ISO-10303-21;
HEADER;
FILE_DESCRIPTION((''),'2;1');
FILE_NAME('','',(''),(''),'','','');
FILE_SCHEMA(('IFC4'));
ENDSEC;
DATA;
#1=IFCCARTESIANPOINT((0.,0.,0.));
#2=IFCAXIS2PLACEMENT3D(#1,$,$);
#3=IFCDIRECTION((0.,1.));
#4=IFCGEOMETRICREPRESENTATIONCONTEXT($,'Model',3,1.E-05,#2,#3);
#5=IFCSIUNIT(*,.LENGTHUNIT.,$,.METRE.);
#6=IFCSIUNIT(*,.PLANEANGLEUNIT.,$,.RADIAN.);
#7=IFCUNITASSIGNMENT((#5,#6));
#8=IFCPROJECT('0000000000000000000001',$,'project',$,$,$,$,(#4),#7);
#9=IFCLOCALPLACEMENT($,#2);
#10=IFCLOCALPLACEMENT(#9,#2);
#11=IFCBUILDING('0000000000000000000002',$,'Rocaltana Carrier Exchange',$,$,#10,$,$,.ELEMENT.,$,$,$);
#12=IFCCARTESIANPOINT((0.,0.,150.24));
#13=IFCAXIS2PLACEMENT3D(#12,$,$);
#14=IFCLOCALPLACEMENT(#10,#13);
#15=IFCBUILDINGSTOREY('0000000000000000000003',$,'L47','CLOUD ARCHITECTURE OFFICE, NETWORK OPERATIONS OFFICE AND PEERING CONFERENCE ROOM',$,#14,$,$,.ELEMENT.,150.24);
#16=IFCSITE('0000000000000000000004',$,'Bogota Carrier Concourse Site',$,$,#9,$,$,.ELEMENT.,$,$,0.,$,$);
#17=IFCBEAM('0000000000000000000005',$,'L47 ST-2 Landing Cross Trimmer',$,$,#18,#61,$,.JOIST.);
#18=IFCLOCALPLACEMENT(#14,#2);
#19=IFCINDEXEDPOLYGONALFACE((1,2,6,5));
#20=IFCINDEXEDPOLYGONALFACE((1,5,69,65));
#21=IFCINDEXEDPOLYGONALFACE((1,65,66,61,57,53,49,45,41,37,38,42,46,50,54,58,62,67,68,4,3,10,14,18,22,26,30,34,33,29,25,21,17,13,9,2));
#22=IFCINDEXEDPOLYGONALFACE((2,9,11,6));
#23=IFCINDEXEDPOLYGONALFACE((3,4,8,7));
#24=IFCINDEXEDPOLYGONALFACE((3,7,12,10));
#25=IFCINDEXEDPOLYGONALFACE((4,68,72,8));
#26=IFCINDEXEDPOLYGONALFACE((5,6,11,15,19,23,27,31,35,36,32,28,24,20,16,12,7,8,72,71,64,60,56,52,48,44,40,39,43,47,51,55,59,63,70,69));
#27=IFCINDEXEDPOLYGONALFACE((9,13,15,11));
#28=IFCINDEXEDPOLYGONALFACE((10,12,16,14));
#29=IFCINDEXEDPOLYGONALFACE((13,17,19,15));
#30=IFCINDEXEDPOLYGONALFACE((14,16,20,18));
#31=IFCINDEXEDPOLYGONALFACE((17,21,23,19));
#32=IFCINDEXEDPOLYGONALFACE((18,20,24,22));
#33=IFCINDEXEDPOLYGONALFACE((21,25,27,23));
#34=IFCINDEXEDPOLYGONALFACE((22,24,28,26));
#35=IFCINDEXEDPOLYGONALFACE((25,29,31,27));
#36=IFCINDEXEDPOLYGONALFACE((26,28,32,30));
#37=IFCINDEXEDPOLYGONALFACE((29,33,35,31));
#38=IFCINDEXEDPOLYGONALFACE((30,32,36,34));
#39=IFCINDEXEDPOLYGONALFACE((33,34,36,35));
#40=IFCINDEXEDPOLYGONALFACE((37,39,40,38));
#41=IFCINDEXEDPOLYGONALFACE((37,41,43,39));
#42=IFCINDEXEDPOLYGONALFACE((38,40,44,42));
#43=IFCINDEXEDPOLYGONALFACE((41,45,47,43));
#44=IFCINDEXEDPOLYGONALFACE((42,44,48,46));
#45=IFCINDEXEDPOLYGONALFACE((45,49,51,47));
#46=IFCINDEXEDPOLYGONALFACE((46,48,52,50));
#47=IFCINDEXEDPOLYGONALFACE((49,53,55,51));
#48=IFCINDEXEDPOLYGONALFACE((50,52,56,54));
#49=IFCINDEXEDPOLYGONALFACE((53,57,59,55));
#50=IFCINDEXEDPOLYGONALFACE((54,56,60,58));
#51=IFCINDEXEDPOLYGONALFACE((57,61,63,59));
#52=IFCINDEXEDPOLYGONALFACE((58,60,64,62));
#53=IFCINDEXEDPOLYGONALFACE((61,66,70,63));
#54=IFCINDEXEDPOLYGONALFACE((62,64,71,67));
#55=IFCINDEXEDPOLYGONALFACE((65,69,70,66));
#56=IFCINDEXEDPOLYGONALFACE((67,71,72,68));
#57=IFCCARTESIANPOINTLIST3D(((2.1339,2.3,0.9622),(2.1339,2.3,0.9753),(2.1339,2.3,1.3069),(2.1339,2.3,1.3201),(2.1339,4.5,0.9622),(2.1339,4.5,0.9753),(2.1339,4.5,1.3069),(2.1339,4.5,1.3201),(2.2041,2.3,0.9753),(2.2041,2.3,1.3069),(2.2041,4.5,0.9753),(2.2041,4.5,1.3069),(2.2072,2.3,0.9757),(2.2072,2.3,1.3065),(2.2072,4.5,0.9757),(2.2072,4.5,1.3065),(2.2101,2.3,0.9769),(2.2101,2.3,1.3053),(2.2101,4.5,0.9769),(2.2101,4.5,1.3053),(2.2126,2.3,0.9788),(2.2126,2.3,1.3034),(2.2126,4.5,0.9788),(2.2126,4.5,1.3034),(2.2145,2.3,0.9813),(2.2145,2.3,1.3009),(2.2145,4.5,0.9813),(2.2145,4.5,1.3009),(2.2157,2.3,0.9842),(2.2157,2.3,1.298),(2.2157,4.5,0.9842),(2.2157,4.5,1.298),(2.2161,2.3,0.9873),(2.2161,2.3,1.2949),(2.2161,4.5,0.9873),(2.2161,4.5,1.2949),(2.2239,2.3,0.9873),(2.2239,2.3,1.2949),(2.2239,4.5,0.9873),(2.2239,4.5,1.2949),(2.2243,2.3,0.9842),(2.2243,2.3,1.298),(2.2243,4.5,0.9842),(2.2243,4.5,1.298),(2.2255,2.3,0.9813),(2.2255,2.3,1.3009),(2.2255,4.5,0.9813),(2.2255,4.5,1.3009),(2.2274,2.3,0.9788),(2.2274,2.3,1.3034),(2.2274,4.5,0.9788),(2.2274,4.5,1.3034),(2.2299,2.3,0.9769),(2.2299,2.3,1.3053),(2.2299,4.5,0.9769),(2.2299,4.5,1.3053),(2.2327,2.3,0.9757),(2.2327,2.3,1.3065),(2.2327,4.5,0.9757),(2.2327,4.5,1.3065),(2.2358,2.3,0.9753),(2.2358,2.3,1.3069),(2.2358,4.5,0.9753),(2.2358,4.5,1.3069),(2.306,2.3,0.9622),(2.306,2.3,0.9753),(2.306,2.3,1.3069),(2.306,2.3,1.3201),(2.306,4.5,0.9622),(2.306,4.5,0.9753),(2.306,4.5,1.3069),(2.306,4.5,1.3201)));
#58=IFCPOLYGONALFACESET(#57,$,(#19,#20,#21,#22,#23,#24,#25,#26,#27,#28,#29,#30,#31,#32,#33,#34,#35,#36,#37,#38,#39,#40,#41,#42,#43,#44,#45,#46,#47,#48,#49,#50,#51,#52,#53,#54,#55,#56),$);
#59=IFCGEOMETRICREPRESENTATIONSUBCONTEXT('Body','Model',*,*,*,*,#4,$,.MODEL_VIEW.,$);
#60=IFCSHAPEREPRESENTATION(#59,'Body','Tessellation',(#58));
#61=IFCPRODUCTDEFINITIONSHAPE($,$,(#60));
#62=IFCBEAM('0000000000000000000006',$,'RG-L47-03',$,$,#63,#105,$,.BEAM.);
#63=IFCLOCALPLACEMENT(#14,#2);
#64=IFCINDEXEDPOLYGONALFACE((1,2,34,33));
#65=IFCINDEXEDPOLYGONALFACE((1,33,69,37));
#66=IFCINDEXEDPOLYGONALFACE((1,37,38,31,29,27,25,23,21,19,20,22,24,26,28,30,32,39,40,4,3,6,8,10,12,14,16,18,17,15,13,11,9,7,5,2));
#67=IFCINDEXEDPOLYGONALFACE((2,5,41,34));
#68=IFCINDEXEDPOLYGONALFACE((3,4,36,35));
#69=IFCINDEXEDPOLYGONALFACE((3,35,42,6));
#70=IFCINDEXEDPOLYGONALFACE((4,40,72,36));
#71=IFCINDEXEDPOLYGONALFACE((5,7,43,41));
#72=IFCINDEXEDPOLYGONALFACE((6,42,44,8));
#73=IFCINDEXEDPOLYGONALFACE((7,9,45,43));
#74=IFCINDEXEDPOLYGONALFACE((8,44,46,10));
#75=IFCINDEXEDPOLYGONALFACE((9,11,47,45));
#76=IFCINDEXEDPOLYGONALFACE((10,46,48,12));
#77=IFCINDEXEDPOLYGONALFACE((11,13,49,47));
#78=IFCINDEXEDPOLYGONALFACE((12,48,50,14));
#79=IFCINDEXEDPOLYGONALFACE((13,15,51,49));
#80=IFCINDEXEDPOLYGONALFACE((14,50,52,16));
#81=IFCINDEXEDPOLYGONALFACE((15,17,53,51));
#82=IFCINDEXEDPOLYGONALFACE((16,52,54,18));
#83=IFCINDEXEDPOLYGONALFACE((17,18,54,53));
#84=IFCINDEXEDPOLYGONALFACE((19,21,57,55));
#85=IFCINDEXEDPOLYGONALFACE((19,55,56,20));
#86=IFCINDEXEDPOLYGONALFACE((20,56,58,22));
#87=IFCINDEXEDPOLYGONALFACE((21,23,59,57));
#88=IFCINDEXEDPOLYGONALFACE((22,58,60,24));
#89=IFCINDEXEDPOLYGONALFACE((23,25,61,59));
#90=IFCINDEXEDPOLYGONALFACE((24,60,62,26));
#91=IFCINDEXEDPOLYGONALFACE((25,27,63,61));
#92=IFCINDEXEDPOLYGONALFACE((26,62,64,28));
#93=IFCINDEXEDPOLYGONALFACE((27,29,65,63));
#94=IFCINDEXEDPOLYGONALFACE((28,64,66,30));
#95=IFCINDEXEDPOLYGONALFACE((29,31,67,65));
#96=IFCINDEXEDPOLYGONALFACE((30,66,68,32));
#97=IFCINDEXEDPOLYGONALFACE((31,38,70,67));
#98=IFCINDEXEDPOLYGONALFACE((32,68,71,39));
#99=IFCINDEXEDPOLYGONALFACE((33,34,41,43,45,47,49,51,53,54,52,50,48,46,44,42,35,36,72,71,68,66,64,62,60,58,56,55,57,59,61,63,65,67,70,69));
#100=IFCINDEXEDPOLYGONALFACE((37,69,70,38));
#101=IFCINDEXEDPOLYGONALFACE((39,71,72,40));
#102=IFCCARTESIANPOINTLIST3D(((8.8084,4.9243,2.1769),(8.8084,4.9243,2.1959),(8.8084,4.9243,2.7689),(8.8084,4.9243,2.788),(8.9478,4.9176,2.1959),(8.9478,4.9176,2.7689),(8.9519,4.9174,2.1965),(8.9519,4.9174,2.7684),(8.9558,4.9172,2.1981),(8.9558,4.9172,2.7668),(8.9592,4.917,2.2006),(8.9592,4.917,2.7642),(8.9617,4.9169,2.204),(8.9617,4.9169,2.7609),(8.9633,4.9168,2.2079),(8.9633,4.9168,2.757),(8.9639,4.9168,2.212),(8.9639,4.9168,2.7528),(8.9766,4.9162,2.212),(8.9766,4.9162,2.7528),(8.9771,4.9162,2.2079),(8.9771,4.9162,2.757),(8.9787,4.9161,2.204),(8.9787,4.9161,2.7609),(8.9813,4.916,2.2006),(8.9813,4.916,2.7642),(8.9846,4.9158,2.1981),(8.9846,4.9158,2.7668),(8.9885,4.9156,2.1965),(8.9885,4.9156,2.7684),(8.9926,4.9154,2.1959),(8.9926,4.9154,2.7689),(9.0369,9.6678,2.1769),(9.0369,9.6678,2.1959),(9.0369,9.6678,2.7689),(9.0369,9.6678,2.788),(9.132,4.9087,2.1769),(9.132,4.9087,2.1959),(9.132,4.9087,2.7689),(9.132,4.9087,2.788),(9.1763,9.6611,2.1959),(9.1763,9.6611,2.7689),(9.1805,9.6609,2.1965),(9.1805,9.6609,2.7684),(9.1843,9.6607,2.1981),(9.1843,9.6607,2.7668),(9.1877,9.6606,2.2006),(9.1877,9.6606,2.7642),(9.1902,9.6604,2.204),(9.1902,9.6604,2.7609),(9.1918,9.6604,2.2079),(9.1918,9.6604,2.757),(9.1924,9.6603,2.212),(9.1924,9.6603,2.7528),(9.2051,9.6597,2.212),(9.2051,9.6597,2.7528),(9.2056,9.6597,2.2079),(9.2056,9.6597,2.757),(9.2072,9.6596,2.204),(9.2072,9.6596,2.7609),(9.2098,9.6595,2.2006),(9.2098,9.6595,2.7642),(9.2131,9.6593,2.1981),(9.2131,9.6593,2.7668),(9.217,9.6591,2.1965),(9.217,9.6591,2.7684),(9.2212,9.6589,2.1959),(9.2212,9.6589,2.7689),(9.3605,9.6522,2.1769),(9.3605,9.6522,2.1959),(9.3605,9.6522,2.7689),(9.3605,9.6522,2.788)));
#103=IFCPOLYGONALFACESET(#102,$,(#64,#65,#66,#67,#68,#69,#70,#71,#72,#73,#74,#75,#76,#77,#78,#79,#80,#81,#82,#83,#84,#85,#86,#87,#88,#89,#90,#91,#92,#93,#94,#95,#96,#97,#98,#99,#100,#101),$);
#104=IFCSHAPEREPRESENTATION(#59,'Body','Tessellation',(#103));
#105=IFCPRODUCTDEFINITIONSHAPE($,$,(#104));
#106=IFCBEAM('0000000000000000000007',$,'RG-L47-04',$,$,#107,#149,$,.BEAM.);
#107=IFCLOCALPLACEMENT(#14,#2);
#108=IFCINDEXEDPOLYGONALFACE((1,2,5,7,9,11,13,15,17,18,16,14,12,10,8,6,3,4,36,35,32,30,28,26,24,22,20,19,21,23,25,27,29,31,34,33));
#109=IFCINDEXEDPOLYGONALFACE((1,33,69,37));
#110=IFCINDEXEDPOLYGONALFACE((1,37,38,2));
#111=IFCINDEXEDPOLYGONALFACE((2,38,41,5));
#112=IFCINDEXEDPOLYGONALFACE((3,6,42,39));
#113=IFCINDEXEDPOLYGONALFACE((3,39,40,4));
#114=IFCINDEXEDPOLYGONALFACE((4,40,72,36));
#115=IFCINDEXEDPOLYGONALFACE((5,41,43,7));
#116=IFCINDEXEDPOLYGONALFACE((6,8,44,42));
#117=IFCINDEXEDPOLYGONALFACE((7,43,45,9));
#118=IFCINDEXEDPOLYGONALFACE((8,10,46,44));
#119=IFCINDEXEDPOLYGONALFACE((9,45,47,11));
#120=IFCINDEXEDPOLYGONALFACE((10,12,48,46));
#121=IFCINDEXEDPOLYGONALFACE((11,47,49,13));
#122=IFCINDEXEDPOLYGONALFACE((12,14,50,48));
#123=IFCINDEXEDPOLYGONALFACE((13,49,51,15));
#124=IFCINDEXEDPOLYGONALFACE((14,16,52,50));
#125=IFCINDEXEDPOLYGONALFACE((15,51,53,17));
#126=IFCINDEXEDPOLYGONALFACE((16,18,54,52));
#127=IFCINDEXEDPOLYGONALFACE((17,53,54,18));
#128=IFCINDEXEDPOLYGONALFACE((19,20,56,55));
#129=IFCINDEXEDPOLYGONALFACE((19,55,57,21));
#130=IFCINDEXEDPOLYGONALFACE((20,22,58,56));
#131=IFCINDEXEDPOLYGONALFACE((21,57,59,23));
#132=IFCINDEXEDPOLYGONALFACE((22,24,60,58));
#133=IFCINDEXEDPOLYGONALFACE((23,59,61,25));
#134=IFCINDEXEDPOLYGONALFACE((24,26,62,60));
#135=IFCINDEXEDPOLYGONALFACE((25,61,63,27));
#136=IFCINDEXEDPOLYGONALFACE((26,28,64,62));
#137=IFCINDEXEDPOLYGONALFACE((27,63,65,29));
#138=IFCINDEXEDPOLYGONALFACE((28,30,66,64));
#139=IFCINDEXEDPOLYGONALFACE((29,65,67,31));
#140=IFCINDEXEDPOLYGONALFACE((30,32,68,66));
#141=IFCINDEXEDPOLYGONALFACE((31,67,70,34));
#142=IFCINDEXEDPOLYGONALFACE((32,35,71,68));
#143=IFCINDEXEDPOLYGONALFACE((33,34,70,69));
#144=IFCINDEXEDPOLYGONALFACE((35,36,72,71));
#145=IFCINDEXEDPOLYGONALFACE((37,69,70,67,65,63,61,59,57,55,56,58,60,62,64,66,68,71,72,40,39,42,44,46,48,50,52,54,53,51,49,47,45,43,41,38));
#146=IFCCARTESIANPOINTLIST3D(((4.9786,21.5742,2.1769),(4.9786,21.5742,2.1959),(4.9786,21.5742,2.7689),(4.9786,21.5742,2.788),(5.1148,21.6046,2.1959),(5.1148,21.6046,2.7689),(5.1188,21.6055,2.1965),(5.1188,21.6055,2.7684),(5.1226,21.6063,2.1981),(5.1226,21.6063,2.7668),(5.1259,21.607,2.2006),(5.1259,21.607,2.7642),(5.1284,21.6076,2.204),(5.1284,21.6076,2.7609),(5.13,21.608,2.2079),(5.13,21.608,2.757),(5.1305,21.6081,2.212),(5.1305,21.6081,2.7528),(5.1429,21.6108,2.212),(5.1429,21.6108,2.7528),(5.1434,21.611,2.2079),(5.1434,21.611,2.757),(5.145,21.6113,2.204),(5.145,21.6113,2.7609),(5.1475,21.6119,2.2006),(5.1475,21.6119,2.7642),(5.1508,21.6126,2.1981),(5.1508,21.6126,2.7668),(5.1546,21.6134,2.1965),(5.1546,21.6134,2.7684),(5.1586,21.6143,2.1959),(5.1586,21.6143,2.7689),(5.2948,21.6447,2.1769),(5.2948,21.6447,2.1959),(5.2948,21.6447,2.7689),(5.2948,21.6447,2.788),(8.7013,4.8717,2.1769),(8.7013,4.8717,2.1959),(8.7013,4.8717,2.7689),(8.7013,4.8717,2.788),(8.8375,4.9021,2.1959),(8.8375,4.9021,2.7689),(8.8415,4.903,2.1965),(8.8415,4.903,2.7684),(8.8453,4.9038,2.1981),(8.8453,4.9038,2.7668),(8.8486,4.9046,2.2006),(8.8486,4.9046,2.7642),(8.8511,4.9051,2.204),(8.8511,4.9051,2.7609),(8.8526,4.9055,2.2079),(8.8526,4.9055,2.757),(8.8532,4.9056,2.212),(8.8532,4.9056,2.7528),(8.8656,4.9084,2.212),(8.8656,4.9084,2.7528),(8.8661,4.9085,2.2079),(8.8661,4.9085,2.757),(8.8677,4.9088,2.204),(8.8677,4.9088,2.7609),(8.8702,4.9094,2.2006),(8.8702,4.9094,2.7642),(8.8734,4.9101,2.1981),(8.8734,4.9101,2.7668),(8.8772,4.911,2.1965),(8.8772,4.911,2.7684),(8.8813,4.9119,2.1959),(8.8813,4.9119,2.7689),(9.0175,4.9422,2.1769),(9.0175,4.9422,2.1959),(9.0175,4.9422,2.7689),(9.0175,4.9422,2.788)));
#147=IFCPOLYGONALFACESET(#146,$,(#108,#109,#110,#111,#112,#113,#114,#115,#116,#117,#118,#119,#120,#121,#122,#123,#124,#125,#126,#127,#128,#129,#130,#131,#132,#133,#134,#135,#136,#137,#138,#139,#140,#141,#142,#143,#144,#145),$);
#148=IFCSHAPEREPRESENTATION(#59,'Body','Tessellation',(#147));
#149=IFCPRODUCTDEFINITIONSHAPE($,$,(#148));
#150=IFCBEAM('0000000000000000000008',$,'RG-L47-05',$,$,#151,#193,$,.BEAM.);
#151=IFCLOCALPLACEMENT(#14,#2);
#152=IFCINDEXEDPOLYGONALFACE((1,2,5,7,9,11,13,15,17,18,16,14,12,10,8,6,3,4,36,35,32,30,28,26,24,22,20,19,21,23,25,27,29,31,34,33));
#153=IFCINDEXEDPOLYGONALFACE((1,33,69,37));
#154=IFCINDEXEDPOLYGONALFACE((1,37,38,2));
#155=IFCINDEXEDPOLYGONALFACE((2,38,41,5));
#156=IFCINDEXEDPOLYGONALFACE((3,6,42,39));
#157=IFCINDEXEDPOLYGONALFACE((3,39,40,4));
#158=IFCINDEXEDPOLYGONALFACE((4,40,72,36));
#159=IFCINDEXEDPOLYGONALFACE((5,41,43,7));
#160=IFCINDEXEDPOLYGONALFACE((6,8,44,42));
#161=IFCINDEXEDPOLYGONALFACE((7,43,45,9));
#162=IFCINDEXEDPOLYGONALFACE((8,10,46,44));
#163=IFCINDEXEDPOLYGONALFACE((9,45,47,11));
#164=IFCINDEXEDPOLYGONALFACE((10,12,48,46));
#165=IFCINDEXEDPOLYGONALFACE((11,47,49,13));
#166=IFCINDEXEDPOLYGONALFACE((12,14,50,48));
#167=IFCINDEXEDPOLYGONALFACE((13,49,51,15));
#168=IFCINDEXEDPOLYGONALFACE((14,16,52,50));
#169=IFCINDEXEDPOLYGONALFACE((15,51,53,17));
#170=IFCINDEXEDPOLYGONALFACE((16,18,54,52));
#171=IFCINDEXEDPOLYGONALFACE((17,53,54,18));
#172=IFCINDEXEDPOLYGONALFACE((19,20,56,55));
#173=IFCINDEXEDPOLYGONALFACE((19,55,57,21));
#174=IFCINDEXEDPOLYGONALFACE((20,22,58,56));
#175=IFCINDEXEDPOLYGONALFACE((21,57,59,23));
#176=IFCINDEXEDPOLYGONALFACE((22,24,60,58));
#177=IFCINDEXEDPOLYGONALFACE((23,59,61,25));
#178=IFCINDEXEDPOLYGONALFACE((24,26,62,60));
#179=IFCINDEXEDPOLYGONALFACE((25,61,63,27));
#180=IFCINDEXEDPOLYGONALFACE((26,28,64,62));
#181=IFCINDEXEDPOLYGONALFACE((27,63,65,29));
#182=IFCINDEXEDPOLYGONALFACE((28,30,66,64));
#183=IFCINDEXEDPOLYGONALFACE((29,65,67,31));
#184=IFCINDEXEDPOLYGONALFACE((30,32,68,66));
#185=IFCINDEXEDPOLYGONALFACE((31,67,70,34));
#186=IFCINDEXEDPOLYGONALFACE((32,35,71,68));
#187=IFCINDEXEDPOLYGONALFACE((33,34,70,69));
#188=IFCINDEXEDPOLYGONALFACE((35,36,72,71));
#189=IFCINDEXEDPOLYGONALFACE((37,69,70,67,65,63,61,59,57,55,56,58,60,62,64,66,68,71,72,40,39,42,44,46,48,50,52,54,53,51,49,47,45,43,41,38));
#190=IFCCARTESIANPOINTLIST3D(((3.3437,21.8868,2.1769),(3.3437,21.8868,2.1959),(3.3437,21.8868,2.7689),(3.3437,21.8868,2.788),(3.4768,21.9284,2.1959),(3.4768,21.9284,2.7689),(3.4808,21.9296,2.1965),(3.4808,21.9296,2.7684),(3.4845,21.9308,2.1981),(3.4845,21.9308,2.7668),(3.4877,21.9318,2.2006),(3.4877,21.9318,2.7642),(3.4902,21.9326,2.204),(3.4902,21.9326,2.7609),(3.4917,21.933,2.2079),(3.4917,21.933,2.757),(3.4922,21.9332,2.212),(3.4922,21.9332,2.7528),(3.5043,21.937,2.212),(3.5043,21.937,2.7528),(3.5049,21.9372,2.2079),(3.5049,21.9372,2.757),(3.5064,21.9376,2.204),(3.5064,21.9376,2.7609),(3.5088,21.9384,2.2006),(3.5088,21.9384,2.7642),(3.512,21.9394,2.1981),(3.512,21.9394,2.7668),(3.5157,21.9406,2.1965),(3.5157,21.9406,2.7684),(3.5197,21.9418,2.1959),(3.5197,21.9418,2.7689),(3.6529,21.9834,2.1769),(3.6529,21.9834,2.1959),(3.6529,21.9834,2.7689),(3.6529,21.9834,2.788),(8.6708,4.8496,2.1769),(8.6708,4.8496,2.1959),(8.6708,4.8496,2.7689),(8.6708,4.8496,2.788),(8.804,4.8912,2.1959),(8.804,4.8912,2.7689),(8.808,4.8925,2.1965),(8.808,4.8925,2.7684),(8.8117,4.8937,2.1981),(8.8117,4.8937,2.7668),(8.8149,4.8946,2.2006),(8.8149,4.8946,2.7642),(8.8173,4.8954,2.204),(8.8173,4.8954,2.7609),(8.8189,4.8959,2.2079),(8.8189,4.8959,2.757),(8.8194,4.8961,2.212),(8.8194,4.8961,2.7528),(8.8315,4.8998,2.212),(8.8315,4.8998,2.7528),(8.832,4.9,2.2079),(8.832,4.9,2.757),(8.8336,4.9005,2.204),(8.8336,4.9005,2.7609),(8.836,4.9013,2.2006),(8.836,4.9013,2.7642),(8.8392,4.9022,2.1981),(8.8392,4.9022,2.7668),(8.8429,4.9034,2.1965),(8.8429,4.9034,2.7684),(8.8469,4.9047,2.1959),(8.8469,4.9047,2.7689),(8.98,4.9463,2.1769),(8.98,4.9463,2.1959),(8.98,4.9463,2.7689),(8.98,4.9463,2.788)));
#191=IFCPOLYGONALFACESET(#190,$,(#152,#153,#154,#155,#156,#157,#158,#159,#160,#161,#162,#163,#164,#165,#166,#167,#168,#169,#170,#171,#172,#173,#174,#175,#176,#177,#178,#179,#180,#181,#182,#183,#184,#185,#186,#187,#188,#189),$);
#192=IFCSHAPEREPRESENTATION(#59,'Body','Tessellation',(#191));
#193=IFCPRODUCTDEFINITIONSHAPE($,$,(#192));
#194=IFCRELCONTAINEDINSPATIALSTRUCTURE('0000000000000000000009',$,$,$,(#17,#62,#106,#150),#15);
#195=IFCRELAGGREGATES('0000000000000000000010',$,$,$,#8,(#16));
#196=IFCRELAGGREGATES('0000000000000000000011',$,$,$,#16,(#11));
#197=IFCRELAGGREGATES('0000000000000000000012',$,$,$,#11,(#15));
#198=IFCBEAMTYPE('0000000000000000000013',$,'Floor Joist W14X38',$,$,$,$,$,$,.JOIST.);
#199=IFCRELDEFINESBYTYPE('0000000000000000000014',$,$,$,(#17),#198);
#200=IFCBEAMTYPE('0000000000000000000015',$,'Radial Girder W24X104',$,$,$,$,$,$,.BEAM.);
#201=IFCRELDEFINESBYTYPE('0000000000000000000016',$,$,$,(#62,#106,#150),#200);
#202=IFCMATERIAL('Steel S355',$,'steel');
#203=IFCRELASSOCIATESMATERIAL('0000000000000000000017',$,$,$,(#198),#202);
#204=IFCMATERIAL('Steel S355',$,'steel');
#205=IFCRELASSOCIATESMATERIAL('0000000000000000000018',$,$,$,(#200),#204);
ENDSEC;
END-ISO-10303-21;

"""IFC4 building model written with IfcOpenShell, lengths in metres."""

from ifc_helpers import new_model, si_unit, direction, frame, origin, origin_2d, place, context, subcontext, project, spatial, i_section, extrude, material, material_profile, profile_set, type_object, element, save


model = new_model("IFC4")

# Units and contexts
model_context = context("Model", 3, precision=1e-05, world=origin(), true_north=direction((0.0, 1.0)))
body_context = subcontext(model_context, "Body", "Model", "MODEL_VIEW")
ifc_project = project(units=[si_unit("LENGTHUNIT", "METRE"), si_unit("PLANEANGLEUNIT", "RADIAN")], contexts=[model_context])

# Site, building, storey
site_placement = place(None, origin())
site = spatial("IfcSite", under=ifc_project, at=site_placement, Name="Bogota Carrier Concourse Site", CompositionType="ELEMENT", RefElevation=0.0)
building_placement = place(site_placement, origin())
building = spatial("IfcBuilding", under=site, at=building_placement, Name="Rocaltana Carrier Exchange", CompositionType="ELEMENT")
storey_placement = place(building_placement, frame((0.0, 0.0, 150.24)))
storey = spatial("IfcBuildingStorey", under=building, at=storey_placement, Name="L47", Description="CLOUD ARCHITECTURE OFFICE, NETWORK OPERATIONS OFFICE AND PEERING CONFERENCE ROOM", CompositionType="ELEMENT", Elevation=150.24)

# Beams
ifc_material_1 = material(Name="Steel S355", Category="steel")
ifc_material_profile_1 = material_profile(ifc_material_1, i_section(OverallWidth=0.1721, OverallDepth=0.3579, WebThickness=0.0078, FlangeThickness=0.0132, FilletRadius=0.012, at=origin_2d()), Name="W14X38")
ifc_profile_set_1 = profile_set([ifc_material_profile_1], Name="Steel S355")
beam_type_1 = type_object("IfcBeamType", Name="Floor Joist W14X38", PredefinedType="JOIST", material=ifc_profile_set_1)
beam_1_placement = place(storey_placement, frame((2.22, 2.3, 1.1411), z_axis=(0.0, 1.0, 0.0), x_axis=(-1.0, 0.0, 0.0)))
element("IfcBeam", 1, at=beam_1_placement, inside=storey, type_object=beam_type_1, Name="L47 ST-2 Landing Cross Trimmer", PredefinedType="JOIST", context=body_context, shape_type="SweptSolid", body=[
    extrude(i_section(OverallWidth=0.1721, OverallDepth=0.3579, WebThickness=0.0078, FlangeThickness=0.0132, FilletRadius=0.012, at=origin_2d()), origin(), (0.0, 0.0, 1.0), 2.2),
])
ifc_material_2 = material(Name="Steel S355", Category="steel")
ifc_material_profile_2 = material_profile(ifc_material_2, i_section(OverallWidth=0.324, OverallDepth=0.6111, WebThickness=0.0127, FlangeThickness=0.019, FilletRadius=0.0161, at=origin_2d()), Name="W24X104")
ifc_profile_set_2 = profile_set([ifc_material_profile_2], Name="Steel S355")
beam_type_2 = type_object("IfcBeamType", Name="Radial Girder W24X104", PredefinedType="BEAM", material=ifc_profile_set_2)
beam_2_placement = place(storey_placement, frame((8.9702, 4.9165, 2.4824), z_axis=(0.04812, 0.998842, 0.0), x_axis=(-0.998842, 0.04812, 0.0)))
element("IfcBeam", 2, at=beam_2_placement, inside=storey, type_object=beam_type_2, Name="RG-L47-03", PredefinedType="BEAM", context=body_context, shape_type="SweptSolid", body=[
    extrude(i_section(OverallWidth=0.324, OverallDepth=0.6111, WebThickness=0.0127, FlangeThickness=0.019, FilletRadius=0.0161, at=origin_2d()), origin(), (0.0, 0.0, 1.0), 4.749),
])
beam_3_placement = place(storey_placement, frame((8.8594, 4.907, 2.4824), z_axis=(-0.217544, 0.976051, 0.0), x_axis=(-0.976051, -0.217544, 0.0)))
element("IfcBeam", 3, at=beam_3_placement, inside=storey, type_object=beam_type_2, Name="RG-L47-04", PredefinedType="BEAM", context=body_context, shape_type="SweptSolid", body=[
    extrude(i_section(OverallWidth=0.324, OverallDepth=0.6111, WebThickness=0.0127, FlangeThickness=0.019, FilletRadius=0.0161, at=origin_2d()), origin(), (0.0, 0.0, 1.0), 17.1123),
])
beam_4_placement = place(storey_placement, frame((8.8254, 4.8979, 2.4824), z_axis=(-0.298431, 0.954431, 0.0), x_axis=(-0.954431, -0.298431, 0.0)))
element("IfcBeam", 4, at=beam_4_placement, inside=storey, type_object=beam_type_2, Name="RG-L47-05", PredefinedType="BEAM", context=body_context, shape_type="SweptSolid", body=[
    extrude(i_section(OverallWidth=0.324, OverallDepth=0.6111, WebThickness=0.0127, FlangeThickness=0.019, FilletRadius=0.0161, at=origin_2d()), origin(), (0.0, 0.0, 1.0), 17.8506),
])

save(model, "model.ifc")
